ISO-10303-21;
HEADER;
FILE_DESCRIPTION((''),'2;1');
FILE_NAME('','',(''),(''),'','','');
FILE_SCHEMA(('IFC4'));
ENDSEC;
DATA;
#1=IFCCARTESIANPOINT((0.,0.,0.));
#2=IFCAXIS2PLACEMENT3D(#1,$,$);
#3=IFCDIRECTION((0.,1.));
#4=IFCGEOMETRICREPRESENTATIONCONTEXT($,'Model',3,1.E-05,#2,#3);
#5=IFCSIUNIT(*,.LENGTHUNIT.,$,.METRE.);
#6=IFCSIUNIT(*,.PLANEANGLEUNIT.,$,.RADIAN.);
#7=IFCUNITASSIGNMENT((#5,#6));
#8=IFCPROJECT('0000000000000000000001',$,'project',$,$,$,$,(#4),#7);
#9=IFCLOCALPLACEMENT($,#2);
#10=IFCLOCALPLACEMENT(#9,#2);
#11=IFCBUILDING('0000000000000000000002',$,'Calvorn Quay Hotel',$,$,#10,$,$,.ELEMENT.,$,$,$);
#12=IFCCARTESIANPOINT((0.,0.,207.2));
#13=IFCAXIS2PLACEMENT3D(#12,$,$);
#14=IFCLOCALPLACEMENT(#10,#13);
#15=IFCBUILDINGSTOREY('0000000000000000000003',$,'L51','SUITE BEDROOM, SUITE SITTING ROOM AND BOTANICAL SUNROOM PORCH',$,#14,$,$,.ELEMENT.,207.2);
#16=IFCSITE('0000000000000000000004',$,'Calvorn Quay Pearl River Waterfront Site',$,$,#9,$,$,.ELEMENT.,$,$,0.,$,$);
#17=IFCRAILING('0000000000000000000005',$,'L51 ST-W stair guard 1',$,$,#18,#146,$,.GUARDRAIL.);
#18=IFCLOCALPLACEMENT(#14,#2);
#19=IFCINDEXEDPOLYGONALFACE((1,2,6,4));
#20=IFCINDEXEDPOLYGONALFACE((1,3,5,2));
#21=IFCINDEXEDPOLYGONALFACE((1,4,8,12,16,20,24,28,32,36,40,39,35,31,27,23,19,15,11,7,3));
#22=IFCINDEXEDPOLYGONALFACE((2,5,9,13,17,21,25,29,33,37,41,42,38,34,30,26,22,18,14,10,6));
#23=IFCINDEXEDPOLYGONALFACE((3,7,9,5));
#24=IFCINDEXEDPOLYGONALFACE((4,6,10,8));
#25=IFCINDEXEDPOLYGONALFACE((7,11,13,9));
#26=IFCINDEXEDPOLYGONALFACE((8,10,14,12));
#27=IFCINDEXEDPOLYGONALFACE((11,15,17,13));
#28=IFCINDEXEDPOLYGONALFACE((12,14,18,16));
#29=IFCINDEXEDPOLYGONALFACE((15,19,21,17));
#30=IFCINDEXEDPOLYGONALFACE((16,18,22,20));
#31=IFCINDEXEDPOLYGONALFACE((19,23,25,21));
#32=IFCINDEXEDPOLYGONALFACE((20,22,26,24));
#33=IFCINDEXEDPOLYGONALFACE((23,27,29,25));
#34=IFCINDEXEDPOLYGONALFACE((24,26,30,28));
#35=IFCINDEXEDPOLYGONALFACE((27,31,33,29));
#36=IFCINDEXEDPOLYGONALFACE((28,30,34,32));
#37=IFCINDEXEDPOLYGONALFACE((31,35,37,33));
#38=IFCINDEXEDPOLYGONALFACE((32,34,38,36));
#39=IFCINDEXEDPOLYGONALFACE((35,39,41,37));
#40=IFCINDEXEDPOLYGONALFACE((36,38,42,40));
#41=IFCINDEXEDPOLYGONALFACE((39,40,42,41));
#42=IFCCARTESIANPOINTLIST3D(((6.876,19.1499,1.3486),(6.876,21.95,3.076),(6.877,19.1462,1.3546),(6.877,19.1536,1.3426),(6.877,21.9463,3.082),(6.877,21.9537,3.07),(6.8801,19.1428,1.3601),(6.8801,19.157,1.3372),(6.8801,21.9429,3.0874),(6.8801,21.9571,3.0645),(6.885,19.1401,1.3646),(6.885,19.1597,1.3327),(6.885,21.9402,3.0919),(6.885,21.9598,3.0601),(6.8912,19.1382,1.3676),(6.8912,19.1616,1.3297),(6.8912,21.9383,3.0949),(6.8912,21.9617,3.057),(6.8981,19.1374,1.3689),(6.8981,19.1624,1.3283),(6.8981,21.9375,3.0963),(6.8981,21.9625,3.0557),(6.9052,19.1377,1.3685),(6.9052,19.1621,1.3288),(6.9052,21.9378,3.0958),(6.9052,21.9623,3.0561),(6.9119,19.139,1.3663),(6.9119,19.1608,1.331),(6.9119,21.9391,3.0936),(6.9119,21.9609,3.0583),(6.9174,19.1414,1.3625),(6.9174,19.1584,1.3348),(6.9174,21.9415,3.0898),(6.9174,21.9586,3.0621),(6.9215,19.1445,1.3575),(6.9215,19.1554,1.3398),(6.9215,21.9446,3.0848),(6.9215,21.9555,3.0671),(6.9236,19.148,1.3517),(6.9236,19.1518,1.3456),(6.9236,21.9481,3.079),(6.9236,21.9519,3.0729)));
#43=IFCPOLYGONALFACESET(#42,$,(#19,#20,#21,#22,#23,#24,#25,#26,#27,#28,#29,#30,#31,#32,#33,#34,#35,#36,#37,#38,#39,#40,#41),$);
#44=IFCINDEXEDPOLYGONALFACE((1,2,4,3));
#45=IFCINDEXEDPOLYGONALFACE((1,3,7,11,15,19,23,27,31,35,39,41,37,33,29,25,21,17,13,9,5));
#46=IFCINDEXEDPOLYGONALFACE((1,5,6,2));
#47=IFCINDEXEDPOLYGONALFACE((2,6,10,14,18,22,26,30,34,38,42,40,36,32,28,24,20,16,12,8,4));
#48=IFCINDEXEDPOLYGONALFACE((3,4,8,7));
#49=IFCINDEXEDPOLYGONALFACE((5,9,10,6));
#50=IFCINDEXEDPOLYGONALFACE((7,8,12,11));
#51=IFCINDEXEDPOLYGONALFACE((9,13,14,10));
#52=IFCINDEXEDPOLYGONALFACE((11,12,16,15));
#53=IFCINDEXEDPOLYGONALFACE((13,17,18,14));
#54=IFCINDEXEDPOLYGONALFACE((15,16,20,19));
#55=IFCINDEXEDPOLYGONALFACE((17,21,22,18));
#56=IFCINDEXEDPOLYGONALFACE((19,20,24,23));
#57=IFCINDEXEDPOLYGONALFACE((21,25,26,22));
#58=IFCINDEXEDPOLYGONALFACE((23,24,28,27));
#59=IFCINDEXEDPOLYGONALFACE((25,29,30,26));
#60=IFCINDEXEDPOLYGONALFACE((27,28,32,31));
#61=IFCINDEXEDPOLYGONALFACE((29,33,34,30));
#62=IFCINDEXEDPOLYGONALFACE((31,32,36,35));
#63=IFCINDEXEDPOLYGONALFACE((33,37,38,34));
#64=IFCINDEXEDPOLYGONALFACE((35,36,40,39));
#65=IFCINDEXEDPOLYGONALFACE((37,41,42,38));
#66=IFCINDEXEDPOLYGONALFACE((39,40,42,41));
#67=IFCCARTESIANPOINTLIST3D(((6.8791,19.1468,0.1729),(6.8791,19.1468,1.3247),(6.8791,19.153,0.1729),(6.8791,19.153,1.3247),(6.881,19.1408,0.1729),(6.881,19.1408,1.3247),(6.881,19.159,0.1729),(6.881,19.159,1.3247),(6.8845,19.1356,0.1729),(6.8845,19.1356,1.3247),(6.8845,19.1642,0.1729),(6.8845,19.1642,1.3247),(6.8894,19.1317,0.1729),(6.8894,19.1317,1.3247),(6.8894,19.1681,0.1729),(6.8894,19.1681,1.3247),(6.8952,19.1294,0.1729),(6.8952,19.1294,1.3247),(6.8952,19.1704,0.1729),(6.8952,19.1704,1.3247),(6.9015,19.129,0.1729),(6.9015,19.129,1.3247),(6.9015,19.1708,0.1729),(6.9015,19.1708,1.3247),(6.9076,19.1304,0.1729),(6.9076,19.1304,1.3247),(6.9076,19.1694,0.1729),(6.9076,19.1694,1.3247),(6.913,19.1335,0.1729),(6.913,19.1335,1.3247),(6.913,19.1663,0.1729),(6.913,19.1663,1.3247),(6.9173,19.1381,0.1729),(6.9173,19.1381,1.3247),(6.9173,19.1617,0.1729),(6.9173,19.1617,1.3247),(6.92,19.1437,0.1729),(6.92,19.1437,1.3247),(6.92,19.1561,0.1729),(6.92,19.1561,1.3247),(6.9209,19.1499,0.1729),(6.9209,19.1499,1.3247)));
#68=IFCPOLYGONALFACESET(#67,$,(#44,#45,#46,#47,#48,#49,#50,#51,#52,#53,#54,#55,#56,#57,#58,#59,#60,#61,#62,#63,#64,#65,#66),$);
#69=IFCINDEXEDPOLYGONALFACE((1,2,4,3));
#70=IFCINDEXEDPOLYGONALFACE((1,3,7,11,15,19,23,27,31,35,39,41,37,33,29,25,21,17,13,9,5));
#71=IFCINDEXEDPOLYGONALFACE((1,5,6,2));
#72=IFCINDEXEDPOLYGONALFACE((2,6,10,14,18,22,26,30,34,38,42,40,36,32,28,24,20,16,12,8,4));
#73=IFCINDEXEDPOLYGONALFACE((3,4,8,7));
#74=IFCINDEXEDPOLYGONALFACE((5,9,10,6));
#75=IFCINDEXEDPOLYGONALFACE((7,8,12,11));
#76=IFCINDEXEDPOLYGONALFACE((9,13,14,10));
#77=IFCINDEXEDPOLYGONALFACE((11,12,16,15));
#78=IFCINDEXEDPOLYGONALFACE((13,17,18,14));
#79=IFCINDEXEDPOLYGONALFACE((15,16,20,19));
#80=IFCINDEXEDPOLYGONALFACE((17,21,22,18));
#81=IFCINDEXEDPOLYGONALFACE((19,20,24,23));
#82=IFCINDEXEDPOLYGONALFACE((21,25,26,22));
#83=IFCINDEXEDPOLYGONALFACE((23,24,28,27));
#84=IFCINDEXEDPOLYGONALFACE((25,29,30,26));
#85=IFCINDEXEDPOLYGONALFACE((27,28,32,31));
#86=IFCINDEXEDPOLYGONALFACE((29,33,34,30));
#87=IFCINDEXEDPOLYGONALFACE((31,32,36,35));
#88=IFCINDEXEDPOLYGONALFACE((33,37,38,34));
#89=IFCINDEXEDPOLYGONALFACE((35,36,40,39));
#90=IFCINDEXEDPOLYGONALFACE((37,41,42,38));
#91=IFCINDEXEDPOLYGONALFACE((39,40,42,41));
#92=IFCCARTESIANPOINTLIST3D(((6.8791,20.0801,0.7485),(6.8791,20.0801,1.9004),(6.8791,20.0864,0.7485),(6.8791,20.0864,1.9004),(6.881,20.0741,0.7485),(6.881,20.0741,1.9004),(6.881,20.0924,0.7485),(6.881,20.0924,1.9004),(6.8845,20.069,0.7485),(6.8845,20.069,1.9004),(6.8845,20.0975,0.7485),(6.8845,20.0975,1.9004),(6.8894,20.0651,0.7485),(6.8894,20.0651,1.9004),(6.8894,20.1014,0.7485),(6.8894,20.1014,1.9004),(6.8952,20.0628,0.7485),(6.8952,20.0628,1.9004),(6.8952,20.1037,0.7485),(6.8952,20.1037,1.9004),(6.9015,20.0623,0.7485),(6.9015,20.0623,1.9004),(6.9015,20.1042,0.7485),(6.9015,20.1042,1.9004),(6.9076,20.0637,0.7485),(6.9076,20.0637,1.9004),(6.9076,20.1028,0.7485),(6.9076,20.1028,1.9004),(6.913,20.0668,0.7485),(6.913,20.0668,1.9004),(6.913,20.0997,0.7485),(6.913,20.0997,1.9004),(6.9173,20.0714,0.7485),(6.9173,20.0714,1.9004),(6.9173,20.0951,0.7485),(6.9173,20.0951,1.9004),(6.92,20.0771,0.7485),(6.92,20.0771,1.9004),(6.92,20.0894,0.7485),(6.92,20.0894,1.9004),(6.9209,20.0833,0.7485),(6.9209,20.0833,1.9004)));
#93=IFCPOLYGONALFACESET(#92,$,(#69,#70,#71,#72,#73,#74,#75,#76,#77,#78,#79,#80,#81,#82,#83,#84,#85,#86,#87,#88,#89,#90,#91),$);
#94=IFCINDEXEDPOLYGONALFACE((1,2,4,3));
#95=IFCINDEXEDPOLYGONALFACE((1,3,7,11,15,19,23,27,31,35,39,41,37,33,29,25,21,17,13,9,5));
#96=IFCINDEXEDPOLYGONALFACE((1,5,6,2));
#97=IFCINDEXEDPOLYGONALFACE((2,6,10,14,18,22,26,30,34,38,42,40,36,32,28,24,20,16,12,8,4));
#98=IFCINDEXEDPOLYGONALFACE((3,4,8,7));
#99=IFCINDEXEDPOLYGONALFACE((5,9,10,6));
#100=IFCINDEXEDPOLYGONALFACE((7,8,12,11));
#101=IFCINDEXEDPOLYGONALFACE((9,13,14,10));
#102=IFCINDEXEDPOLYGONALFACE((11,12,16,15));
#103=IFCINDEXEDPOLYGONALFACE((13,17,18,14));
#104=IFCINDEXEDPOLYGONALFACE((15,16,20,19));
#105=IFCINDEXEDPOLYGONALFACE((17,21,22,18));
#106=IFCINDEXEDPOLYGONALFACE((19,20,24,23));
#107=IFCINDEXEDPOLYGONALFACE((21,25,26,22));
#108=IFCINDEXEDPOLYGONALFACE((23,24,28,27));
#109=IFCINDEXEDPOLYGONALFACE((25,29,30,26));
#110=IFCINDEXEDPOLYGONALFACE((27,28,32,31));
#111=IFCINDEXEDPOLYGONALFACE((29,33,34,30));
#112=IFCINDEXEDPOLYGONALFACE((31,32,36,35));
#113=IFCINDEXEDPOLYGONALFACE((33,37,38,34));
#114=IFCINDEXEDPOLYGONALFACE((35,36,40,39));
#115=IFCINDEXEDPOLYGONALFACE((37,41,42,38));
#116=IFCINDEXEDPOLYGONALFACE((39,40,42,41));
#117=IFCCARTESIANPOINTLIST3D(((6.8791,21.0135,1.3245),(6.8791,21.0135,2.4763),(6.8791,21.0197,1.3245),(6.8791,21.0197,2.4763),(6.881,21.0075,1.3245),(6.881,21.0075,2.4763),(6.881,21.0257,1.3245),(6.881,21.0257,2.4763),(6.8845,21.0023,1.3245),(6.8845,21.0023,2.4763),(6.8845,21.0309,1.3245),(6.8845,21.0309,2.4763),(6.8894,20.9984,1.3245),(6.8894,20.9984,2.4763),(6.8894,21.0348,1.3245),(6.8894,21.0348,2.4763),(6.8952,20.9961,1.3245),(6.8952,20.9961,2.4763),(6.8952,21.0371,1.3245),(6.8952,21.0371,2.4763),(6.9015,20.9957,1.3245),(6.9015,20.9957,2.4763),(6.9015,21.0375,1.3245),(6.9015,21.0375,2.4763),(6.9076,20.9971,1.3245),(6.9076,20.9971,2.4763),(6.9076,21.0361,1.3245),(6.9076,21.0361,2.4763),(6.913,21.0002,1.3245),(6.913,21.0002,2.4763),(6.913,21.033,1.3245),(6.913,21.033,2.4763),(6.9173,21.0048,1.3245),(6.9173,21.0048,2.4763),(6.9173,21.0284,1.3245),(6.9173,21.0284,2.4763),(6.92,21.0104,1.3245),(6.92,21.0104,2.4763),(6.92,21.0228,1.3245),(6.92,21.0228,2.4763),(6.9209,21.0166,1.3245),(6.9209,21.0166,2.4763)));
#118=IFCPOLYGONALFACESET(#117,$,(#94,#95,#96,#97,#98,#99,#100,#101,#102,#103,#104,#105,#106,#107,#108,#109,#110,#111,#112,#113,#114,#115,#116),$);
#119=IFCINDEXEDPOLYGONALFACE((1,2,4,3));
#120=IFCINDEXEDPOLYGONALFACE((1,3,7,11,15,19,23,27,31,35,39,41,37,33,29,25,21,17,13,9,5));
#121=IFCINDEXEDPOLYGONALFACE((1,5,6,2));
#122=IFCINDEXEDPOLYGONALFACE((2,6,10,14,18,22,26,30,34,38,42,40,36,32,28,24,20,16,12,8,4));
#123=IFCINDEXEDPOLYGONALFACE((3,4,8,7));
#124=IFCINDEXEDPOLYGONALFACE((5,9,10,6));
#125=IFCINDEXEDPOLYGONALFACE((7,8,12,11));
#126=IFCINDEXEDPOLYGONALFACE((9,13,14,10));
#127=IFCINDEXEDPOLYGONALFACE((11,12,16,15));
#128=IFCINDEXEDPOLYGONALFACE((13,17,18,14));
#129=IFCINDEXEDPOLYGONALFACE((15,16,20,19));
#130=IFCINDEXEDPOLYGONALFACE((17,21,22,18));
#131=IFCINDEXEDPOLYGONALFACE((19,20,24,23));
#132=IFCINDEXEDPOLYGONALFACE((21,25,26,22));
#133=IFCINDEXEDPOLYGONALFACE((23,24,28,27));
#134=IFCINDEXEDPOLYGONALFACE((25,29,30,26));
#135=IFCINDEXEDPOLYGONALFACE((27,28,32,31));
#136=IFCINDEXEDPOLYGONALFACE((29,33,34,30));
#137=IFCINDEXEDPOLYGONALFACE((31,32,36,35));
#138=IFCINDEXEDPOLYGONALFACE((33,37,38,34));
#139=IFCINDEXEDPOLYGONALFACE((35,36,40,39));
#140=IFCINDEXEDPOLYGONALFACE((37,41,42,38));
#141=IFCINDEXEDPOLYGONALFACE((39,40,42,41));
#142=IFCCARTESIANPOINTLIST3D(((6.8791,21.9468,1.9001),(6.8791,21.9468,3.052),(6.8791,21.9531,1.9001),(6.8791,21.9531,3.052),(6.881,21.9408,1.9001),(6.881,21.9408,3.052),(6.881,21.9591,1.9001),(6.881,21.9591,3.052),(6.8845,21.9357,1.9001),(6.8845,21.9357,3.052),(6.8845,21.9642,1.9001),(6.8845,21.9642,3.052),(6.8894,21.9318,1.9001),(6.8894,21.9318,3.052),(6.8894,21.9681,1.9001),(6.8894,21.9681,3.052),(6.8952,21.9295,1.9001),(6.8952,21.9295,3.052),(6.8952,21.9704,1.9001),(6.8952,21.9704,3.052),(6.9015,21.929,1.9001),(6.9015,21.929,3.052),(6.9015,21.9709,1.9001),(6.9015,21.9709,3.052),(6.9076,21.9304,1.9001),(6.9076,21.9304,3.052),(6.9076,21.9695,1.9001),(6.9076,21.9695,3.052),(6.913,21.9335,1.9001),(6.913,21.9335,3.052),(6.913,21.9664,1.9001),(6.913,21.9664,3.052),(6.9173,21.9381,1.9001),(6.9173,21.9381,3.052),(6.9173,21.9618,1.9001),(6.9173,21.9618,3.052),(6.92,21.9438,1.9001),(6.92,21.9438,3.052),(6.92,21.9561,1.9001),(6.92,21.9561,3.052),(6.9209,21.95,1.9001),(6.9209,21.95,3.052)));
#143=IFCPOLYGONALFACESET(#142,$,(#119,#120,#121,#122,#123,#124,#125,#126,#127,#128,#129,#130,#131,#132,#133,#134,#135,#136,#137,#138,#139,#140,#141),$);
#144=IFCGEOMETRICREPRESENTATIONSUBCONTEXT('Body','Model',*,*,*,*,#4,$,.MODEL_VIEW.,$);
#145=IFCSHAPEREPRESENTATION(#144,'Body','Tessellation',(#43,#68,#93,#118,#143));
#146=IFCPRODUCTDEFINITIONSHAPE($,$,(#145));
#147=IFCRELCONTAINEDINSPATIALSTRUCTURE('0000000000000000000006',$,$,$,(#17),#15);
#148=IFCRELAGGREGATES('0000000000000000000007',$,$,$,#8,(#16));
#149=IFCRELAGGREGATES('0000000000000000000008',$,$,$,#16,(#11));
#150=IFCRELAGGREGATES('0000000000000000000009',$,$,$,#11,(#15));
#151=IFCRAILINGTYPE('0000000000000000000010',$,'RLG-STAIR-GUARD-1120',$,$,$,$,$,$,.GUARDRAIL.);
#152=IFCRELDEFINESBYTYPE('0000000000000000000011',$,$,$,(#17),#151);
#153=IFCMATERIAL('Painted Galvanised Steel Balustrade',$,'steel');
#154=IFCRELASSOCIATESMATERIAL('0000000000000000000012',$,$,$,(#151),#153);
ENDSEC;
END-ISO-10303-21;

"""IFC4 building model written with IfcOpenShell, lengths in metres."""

from ifc_helpers import new_model, si_unit, direction, frame, origin, origin_2d, place, context, subcontext, project, spatial, circle, extrude, material, type_object, element, save


model = new_model("IFC4")

# Units and contexts
model_context = context("Model", 3, precision=1e-05, world=origin(), true_north=direction((0.0, 1.0)))
body_context = subcontext(model_context, "Body", "Model", "MODEL_VIEW")
ifc_project = project(units=[si_unit("LENGTHUNIT", "METRE"), si_unit("PLANEANGLEUNIT", "RADIAN")], contexts=[model_context])

# Site, building, storey
site_placement = place(None, origin())
site = spatial("IfcSite", under=ifc_project, at=site_placement, Name="Calvorn Quay Pearl River Waterfront Site", CompositionType="ELEMENT", RefElevation=0.0)
building_placement = place(site_placement, origin())
building = spatial("IfcBuilding", under=site, at=building_placement, Name="Calvorn Quay Hotel", CompositionType="ELEMENT")
storey_placement = place(building_placement, frame((0.0, 0.0, 207.2)))
storey = spatial("IfcBuildingStorey", under=building, at=storey_placement, Name="L51", Description="SUITE BEDROOM, SUITE SITTING ROOM AND BOTANICAL SUNROOM PORCH", CompositionType="ELEMENT", Elevation=207.2)

# Railing
ifc_material_1 = material(Name="Painted Galvanised Steel Balustrade", Category="steel")
railing_type_1 = type_object("IfcRailingType", Name="RLG-STAIR-GUARD-1120", PredefinedType="GUARDRAIL", material=ifc_material_1)
railing_1_placement = place(storey_placement, frame((6.8999, 19.1499, 0.1729)))
element("IfcRailing", 1, at=railing_1_placement, inside=storey, type_object=railing_type_1, Name="L51 ST-W stair guard 1", PredefinedType="GUARDRAIL", context=body_context, shape_type="SweptSolid", body=[
    extrude(circle(Radius=0.0239, at=origin_2d()), frame((0.0, 0.0, 1.1758), z_axis=(0.0, 0.85109, 0.52502), x_axis=(-1.0, 0.0, 0.0)), (0.0, 0.0, 1.0), 3.29),
    extrude(circle(Radius=0.021, at=origin_2d()), origin(), (0.0, 0.0, 1.0), 1.1519),
    extrude(circle(Radius=0.021, at=origin_2d()), frame((0.0, 0.9333, 0.5757)), (0.0, 0.0, 1.0), 1.1519),
    extrude(circle(Radius=0.021, at=origin_2d()), frame((0.0, 1.8667, 1.1516)), (0.0, 0.0, 1.0), 1.1519),
    extrude(circle(Radius=0.021, at=origin_2d()), frame((0.0, 2.8, 1.7273)), (0.0, 0.0, 1.0), 1.1519),
])

save(model, "model.ifc")
